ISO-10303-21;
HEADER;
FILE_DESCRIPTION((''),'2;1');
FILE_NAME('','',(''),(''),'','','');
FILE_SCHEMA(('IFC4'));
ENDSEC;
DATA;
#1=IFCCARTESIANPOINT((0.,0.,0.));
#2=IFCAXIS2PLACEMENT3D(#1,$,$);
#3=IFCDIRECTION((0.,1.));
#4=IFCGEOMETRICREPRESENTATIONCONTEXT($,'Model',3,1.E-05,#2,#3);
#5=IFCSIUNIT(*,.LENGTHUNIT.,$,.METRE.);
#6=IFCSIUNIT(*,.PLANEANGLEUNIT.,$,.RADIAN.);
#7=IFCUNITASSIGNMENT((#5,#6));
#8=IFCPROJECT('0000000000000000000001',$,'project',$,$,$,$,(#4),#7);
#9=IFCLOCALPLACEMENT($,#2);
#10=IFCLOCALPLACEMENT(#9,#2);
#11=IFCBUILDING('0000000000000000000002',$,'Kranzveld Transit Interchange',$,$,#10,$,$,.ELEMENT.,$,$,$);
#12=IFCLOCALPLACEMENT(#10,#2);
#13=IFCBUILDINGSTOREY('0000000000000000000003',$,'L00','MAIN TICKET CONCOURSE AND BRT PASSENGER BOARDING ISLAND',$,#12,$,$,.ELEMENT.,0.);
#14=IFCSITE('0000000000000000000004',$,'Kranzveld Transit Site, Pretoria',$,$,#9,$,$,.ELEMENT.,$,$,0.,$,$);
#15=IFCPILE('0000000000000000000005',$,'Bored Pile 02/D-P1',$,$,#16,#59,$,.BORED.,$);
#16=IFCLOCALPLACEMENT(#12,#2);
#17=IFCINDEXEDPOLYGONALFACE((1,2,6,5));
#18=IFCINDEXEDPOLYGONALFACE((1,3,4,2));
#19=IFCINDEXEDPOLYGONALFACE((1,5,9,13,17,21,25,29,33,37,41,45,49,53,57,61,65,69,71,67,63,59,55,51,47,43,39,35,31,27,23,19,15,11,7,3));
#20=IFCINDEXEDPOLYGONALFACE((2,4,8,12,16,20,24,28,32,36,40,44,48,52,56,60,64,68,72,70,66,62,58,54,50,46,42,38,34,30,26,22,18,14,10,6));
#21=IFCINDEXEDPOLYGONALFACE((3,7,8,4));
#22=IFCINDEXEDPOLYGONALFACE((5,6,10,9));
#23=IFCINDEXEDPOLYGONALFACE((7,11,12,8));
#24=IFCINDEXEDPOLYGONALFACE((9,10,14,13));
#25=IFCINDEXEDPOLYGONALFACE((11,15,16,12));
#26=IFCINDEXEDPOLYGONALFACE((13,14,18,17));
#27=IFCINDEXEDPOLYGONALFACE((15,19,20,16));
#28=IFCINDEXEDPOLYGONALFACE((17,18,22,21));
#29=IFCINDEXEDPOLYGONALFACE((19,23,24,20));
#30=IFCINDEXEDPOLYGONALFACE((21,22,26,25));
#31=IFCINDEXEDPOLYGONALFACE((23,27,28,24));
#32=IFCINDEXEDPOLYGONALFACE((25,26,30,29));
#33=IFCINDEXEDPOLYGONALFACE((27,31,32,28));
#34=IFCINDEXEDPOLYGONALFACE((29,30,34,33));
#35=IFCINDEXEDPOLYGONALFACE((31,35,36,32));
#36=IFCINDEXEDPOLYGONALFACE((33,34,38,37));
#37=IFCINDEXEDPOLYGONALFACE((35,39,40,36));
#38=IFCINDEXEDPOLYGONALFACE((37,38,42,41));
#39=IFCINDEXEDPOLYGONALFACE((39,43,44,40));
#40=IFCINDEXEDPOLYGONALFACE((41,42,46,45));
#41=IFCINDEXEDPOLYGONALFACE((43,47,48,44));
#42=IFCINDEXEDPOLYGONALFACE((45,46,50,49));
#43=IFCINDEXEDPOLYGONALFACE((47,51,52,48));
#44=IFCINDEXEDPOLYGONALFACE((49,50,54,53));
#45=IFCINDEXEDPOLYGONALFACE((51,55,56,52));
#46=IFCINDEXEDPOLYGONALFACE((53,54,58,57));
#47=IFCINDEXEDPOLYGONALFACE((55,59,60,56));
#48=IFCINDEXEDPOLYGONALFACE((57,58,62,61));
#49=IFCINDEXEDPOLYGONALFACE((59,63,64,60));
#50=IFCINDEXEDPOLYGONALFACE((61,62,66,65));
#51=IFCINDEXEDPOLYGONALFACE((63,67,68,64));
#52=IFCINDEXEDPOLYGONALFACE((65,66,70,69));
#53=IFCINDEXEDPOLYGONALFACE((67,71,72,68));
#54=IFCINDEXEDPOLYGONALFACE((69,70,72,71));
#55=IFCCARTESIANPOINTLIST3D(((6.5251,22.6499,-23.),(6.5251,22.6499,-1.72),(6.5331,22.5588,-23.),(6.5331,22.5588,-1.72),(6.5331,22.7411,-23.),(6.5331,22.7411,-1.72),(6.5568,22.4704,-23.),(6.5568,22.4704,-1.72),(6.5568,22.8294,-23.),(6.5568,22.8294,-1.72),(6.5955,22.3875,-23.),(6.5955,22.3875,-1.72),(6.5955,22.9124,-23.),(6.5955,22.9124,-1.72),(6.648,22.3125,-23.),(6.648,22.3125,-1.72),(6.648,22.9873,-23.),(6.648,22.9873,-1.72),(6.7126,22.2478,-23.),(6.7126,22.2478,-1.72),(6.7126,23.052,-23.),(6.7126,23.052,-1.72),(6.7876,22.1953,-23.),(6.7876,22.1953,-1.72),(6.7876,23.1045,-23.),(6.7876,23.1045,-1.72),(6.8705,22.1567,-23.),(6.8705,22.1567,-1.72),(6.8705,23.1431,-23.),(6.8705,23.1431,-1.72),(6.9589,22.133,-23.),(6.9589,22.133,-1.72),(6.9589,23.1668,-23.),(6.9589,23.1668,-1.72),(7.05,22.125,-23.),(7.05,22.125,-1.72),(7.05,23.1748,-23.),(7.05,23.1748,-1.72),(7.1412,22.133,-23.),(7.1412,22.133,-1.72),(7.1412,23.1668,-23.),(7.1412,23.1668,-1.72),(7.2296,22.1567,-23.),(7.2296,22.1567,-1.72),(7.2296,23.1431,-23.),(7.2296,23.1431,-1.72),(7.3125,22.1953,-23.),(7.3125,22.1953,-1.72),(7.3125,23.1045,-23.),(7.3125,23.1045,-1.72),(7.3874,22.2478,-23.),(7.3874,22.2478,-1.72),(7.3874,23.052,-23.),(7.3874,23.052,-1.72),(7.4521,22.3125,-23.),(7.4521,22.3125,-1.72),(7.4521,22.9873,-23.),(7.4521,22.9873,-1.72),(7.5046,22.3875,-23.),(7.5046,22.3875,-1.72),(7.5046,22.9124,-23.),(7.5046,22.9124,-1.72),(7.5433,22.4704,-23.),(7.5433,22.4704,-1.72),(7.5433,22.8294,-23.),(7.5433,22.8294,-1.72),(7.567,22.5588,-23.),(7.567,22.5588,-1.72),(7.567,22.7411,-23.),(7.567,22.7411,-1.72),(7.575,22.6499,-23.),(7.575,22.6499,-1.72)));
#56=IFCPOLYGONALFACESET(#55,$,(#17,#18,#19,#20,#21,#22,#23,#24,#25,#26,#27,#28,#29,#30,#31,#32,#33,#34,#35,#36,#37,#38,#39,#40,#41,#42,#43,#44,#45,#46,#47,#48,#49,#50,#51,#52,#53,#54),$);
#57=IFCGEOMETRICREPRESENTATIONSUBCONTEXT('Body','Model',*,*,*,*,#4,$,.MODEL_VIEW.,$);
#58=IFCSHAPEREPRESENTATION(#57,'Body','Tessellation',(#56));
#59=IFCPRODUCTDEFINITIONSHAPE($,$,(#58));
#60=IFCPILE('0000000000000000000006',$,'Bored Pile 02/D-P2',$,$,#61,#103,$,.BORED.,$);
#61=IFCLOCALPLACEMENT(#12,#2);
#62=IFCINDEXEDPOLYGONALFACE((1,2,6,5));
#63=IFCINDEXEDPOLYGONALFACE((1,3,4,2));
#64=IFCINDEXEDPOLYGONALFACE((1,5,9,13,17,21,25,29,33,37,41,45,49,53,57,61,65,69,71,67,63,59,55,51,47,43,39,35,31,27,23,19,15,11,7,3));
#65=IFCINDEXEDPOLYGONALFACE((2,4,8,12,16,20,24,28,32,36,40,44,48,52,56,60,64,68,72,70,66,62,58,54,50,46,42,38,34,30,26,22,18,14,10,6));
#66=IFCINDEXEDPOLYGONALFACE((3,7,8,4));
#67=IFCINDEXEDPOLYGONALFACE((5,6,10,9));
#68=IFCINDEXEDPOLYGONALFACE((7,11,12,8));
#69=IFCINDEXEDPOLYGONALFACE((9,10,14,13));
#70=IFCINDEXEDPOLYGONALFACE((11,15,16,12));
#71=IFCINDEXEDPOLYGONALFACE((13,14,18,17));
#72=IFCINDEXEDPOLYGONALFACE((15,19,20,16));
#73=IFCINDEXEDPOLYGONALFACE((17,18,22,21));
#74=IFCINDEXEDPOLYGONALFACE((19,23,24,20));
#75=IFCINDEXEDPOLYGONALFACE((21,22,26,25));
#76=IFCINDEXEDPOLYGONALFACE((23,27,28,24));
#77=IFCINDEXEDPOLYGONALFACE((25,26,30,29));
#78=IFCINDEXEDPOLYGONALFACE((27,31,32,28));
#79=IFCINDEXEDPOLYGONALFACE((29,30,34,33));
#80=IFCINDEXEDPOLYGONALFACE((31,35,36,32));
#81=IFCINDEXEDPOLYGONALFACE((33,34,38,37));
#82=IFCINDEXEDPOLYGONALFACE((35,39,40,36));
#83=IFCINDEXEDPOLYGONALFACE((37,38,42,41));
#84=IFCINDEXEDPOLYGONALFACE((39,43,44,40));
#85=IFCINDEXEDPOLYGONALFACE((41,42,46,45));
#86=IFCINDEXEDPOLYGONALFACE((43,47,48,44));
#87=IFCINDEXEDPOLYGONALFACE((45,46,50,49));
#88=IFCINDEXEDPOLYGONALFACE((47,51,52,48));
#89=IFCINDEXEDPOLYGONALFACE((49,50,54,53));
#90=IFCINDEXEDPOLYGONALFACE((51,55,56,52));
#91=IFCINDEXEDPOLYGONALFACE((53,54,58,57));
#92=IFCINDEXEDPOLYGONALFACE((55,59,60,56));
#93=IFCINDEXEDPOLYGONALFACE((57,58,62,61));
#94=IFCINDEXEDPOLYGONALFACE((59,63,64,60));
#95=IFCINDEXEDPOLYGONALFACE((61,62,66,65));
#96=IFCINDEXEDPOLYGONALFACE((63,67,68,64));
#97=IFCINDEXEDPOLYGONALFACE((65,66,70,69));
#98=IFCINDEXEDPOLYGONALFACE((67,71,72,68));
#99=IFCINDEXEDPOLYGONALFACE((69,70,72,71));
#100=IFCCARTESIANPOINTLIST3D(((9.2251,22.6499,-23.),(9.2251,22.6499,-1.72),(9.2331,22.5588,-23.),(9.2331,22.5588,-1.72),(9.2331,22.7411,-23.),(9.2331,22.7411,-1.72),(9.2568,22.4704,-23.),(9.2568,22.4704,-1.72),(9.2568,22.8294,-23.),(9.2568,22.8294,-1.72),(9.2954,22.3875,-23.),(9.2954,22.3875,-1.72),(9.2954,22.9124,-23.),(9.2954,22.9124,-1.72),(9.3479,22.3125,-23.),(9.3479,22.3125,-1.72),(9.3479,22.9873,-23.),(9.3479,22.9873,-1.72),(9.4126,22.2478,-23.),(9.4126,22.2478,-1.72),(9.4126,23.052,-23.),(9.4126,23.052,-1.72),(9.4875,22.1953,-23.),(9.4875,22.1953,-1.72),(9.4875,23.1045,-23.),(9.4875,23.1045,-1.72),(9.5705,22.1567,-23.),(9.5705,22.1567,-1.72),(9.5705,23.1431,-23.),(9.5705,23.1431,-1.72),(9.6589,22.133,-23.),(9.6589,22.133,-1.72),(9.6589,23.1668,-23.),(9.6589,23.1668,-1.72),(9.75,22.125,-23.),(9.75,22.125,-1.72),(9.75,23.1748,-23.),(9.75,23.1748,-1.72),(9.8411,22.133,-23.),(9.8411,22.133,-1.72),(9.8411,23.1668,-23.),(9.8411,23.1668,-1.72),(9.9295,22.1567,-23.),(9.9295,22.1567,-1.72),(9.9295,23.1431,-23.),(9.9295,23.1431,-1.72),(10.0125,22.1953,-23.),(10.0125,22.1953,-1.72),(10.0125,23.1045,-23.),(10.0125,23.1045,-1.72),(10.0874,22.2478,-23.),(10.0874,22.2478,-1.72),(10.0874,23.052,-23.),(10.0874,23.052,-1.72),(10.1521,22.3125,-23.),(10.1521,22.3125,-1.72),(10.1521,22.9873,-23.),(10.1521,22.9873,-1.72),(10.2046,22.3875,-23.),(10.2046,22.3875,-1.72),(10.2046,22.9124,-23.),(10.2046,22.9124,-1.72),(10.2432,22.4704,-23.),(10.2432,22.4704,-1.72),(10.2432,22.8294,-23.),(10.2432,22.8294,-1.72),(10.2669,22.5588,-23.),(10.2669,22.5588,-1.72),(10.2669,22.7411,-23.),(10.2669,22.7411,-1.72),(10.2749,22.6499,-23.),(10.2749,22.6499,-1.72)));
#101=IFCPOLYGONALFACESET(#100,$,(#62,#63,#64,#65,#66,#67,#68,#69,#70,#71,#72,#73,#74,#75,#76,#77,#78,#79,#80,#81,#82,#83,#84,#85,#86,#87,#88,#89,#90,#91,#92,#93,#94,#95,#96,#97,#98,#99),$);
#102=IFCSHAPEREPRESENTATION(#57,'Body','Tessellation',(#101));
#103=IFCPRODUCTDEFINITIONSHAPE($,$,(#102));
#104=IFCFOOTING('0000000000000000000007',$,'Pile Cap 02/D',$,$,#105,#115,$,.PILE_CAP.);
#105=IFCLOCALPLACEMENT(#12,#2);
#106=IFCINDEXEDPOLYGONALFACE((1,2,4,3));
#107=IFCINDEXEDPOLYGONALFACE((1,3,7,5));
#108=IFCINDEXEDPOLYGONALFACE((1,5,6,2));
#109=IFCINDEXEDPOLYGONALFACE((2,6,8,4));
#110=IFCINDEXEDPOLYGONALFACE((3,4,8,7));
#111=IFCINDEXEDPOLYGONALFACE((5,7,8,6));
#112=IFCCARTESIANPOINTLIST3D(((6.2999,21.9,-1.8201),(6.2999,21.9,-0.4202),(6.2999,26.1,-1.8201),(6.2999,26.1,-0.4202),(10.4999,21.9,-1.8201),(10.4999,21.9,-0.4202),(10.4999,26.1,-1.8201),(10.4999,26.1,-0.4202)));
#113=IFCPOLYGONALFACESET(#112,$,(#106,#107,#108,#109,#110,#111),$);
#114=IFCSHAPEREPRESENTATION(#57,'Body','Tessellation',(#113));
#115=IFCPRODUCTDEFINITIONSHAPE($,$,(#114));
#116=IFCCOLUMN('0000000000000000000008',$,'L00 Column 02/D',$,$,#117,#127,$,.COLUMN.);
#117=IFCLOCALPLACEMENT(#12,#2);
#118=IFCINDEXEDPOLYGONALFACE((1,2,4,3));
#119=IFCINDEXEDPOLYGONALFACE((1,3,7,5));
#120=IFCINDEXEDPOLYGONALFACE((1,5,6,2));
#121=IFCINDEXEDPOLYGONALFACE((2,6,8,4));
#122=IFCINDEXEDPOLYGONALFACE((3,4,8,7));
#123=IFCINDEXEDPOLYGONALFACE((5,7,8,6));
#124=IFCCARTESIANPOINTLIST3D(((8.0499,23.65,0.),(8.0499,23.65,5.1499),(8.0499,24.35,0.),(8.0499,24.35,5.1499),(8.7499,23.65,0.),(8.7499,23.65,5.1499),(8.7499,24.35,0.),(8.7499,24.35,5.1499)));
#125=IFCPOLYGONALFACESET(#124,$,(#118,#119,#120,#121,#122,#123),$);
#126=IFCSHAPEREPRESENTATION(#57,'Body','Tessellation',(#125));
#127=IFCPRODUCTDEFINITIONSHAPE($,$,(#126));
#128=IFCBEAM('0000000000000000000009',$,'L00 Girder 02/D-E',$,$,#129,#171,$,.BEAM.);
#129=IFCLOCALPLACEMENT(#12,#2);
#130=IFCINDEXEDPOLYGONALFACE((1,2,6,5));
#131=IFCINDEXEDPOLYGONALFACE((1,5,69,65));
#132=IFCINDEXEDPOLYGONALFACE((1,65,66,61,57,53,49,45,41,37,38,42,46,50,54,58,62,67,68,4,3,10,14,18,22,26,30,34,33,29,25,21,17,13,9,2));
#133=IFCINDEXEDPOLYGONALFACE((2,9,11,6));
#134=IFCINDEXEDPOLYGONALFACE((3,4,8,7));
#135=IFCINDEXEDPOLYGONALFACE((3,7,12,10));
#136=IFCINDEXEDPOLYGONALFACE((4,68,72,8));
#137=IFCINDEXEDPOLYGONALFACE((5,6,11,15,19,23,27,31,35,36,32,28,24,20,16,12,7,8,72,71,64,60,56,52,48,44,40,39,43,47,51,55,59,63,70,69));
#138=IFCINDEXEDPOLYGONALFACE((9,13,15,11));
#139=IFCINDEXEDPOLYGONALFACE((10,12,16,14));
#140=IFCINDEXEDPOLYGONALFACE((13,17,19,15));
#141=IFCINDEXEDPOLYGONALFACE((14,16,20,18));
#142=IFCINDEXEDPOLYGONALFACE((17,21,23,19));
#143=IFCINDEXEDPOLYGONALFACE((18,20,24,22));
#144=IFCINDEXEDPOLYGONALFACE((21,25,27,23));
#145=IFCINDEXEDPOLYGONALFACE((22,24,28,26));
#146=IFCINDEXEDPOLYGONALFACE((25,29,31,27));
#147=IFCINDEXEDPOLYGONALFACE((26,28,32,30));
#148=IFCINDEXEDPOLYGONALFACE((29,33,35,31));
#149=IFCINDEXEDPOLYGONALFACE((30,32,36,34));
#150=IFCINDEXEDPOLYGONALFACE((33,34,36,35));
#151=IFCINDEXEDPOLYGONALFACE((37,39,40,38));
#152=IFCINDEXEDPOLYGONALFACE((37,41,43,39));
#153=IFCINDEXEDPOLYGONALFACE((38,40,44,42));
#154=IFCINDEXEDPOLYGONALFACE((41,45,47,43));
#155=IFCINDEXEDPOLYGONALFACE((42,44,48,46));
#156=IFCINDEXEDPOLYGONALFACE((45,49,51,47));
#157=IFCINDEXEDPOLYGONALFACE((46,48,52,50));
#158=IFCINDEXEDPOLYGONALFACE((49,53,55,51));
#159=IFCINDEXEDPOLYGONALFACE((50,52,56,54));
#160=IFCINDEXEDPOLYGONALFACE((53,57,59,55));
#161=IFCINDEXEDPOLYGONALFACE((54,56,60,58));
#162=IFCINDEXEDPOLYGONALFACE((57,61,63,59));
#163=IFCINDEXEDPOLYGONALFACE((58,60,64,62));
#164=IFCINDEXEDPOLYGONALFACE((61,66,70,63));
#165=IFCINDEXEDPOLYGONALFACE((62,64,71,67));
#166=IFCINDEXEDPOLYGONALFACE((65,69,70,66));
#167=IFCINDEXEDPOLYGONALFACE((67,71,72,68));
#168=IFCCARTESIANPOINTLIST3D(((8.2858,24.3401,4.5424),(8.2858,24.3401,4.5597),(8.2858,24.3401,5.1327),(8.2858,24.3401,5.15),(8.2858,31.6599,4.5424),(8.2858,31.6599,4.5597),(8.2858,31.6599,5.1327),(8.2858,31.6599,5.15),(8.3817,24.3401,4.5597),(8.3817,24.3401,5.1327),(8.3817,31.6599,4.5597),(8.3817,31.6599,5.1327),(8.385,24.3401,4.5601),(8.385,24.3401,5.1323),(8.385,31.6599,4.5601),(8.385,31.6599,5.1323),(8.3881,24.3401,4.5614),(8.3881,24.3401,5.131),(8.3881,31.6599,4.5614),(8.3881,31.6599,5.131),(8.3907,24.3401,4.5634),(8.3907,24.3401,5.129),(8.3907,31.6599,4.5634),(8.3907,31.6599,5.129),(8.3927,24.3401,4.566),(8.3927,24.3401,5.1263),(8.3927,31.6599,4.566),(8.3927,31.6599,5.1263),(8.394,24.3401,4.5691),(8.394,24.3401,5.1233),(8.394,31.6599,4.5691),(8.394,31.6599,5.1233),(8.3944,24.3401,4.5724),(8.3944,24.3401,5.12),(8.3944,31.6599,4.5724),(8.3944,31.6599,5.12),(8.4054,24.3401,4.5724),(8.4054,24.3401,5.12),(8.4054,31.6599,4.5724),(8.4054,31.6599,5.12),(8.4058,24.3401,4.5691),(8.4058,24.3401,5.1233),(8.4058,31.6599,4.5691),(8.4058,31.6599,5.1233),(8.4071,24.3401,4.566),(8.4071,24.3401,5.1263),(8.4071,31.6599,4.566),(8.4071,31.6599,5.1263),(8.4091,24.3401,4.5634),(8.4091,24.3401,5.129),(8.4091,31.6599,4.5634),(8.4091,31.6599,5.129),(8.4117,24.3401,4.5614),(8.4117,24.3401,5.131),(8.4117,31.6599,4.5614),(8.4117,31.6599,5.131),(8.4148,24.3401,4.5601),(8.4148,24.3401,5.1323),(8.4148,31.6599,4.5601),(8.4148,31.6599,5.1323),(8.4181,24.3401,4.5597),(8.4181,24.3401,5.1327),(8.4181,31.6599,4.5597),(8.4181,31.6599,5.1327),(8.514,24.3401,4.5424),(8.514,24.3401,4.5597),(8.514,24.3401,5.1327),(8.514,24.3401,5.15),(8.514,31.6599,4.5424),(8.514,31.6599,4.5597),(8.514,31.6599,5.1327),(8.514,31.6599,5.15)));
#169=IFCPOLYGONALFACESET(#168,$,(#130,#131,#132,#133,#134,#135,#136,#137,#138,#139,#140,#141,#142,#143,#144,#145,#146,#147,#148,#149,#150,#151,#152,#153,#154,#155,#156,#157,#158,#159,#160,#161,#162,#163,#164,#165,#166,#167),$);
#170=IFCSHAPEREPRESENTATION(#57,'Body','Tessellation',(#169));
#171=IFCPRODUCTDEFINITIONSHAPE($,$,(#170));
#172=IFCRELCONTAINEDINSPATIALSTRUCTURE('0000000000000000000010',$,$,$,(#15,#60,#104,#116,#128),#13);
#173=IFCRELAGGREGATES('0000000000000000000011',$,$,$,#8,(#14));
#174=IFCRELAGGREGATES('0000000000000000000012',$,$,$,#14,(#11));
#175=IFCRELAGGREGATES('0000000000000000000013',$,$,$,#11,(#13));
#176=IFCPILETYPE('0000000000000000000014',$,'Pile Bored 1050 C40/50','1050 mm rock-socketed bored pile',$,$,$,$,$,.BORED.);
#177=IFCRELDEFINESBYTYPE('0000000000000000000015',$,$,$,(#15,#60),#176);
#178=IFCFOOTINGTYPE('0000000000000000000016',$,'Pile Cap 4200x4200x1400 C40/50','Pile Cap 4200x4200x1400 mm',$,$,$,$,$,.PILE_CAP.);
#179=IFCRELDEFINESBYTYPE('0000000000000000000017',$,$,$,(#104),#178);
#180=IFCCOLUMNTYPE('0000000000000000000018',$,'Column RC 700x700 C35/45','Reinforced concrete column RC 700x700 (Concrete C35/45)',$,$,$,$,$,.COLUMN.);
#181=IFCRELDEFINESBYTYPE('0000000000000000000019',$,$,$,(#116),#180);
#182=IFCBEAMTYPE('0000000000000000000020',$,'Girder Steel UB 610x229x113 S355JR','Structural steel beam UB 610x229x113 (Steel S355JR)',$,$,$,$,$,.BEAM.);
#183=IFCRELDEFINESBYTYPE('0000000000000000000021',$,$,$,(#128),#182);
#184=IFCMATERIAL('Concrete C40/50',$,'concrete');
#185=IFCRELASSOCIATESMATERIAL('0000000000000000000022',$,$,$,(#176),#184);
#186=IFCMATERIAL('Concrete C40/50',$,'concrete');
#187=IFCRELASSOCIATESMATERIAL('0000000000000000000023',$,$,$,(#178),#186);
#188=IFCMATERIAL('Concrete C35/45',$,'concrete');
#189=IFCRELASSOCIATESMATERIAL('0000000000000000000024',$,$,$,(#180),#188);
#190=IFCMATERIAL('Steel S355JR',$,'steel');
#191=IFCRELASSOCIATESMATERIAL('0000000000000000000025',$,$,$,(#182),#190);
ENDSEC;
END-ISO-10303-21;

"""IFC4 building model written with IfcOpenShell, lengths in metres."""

from ifc_helpers import new_model, si_unit, direction, frame, origin, origin_2d, place, context, subcontext, project, spatial, rectangle, circle, i_section, extrude, material, material_profile, profile_set, type_object, element, save


model = new_model("IFC4")

# Units and contexts
model_context = context("Model", 3, precision=1e-05, world=origin(), true_north=direction((0.0, 1.0)))
body_context = subcontext(model_context, "Body", "Model", "MODEL_VIEW")
ifc_project = project(units=[si_unit("LENGTHUNIT", "METRE"), si_unit("PLANEANGLEUNIT", "RADIAN")], contexts=[model_context])

# Site, building, storey
site_placement = place(None, origin())
site = spatial("IfcSite", under=ifc_project, at=site_placement, Name="Kranzveld Transit Site, Pretoria", CompositionType="ELEMENT", RefElevation=0.0)
building_placement = place(site_placement, origin())
building = spatial("IfcBuilding", under=site, at=building_placement, Name="Kranzveld Transit Interchange", CompositionType="ELEMENT")
storey_placement = place(building_placement, origin())
storey = spatial("IfcBuildingStorey", under=building, at=storey_placement, Name="L00", Description="MAIN TICKET CONCOURSE AND BRT PASSENGER BOARDING ISLAND", CompositionType="ELEMENT", Elevation=0.0)

# Piles
ifc_material_1 = material(Name="Concrete C40/50", Category="concrete")
ifc_material_profile_1 = material_profile(ifc_material_1, circle(Radius=0.5249, at=origin_2d()), Name="BORED PILE 1050")
ifc_profile_set_1 = profile_set([ifc_material_profile_1], Name="Concrete C40/50")
pile_type = type_object("IfcPileType", Name="Pile Bored 1050 C40/50", Description="1050 mm rock-socketed bored pile", PredefinedType="BORED", material=ifc_profile_set_1)
for number, where, z_axis, x_axis, name in (
    (1, (7.05, 22.6499, -1.72), (0.0, 0.0, -1.0), (1.0, 0.0, 0.0), "Bored Pile 02/D-P1"),
    (2, (9.75, 22.6499, -1.72), (0.0, 0.0, -1.0), (1.0, 0.0, 0.0), "Bored Pile 02/D-P2"),
):
    element("IfcPile", number, at=place(storey_placement, frame(where, z_axis=z_axis, x_axis=x_axis)), inside=storey, type_object=pile_type, Name=name, PredefinedType="BORED", context=body_context, shape_type="SweptSolid", body=[
        extrude(circle(Radius=0.5249, at=origin_2d()), origin(), (0.0, 0.0, 1.0), 21.28),
    ])

# Footing
ifc_material_2 = material(Name="Concrete C40/50", Category="concrete")
footing_type = type_object("IfcFootingType", Name="Pile Cap 4200x4200x1400 C40/50", Description="Pile Cap 4200x4200x1400 mm", PredefinedType="PILE_CAP", material=ifc_material_2)
footing_placement = place(storey_placement, frame((8.3999, 24.0, -1.8201), z_axis=(0.0, 0.0, 1.0), x_axis=(1.0, 0.0, 0.0)))
element("IfcFooting", 3, at=footing_placement, inside=storey, type_object=footing_type, Name="Pile Cap 02/D", PredefinedType="PILE_CAP", context=body_context, shape_type="SweptSolid", body=[
    extrude(rectangle(XDim=4.2, YDim=4.2, at=origin_2d()), origin(), (0.0, 0.0, 1.0), 1.3999),
])

# Column
ifc_material_3 = material(Name="Concrete C35/45", Category="concrete")
ifc_material_profile_2 = material_profile(ifc_material_3, rectangle(XDim=0.7, YDim=0.7, at=origin_2d()), Name="RC 700x700")
ifc_profile_set_2 = profile_set([ifc_material_profile_2], Name="Concrete C35/45")
column_type = type_object("IfcColumnType", Name="Column RC 700x700 C35/45", Description="Reinforced concrete column RC 700x700 (Concrete C35/45)", PredefinedType="COLUMN", material=ifc_profile_set_2)
column_placement = place(storey_placement, frame((8.3999, 24.0, 0.0), z_axis=(0.0, 0.0, 1.0), x_axis=(1.0, 0.0, 0.0)))
element("IfcColumn", 4, at=column_placement, inside=storey, type_object=column_type, Name="L00 Column 02/D", PredefinedType="COLUMN", context=body_context, shape_type="SweptSolid", body=[
    extrude(rectangle(XDim=0.7, YDim=0.7, at=origin_2d()), origin(), (0.0, 0.0, 1.0), 5.1499),
])

# Beam
ifc_material_4 = material(Name="Steel S355JR", Category="steel")
ifc_material_profile_3 = material_profile(ifc_material_4, i_section(OverallWidth=0.2283, OverallDepth=0.6077, WebThickness=0.011, FlangeThickness=0.0173, FilletRadius=0.0127, at=origin_2d()), Name="UB 610x229x113")
ifc_profile_set_3 = profile_set([ifc_material_profile_3], Name="Steel S355JR")
beam_type_1 = type_object("IfcBeamType", Name="Girder Steel UB 610x229x113 S355JR", Description="Structural steel beam UB 610x229x113 (Steel S355JR)", PredefinedType="BEAM", material=ifc_profile_set_3)
beam_1_placement = place(storey_placement, frame((8.3999, 24.3401, 4.8462), z_axis=(0.0, 1.0, 0.0), x_axis=(-1.0, 0.0, 0.0)))
element("IfcBeam", 5, at=beam_1_placement, inside=storey, type_object=beam_type_1, Name="L00 Girder 02/D-E", PredefinedType="BEAM", context=body_context, shape_type="SweptSolid", body=[
    extrude(i_section(OverallWidth=0.2283, OverallDepth=0.6077, WebThickness=0.011, FlangeThickness=0.0173, FilletRadius=0.0127, at=origin_2d()), origin(), (0.0, 0.0, 1.0), 7.3198),
])

save(model, "model.ifc")
